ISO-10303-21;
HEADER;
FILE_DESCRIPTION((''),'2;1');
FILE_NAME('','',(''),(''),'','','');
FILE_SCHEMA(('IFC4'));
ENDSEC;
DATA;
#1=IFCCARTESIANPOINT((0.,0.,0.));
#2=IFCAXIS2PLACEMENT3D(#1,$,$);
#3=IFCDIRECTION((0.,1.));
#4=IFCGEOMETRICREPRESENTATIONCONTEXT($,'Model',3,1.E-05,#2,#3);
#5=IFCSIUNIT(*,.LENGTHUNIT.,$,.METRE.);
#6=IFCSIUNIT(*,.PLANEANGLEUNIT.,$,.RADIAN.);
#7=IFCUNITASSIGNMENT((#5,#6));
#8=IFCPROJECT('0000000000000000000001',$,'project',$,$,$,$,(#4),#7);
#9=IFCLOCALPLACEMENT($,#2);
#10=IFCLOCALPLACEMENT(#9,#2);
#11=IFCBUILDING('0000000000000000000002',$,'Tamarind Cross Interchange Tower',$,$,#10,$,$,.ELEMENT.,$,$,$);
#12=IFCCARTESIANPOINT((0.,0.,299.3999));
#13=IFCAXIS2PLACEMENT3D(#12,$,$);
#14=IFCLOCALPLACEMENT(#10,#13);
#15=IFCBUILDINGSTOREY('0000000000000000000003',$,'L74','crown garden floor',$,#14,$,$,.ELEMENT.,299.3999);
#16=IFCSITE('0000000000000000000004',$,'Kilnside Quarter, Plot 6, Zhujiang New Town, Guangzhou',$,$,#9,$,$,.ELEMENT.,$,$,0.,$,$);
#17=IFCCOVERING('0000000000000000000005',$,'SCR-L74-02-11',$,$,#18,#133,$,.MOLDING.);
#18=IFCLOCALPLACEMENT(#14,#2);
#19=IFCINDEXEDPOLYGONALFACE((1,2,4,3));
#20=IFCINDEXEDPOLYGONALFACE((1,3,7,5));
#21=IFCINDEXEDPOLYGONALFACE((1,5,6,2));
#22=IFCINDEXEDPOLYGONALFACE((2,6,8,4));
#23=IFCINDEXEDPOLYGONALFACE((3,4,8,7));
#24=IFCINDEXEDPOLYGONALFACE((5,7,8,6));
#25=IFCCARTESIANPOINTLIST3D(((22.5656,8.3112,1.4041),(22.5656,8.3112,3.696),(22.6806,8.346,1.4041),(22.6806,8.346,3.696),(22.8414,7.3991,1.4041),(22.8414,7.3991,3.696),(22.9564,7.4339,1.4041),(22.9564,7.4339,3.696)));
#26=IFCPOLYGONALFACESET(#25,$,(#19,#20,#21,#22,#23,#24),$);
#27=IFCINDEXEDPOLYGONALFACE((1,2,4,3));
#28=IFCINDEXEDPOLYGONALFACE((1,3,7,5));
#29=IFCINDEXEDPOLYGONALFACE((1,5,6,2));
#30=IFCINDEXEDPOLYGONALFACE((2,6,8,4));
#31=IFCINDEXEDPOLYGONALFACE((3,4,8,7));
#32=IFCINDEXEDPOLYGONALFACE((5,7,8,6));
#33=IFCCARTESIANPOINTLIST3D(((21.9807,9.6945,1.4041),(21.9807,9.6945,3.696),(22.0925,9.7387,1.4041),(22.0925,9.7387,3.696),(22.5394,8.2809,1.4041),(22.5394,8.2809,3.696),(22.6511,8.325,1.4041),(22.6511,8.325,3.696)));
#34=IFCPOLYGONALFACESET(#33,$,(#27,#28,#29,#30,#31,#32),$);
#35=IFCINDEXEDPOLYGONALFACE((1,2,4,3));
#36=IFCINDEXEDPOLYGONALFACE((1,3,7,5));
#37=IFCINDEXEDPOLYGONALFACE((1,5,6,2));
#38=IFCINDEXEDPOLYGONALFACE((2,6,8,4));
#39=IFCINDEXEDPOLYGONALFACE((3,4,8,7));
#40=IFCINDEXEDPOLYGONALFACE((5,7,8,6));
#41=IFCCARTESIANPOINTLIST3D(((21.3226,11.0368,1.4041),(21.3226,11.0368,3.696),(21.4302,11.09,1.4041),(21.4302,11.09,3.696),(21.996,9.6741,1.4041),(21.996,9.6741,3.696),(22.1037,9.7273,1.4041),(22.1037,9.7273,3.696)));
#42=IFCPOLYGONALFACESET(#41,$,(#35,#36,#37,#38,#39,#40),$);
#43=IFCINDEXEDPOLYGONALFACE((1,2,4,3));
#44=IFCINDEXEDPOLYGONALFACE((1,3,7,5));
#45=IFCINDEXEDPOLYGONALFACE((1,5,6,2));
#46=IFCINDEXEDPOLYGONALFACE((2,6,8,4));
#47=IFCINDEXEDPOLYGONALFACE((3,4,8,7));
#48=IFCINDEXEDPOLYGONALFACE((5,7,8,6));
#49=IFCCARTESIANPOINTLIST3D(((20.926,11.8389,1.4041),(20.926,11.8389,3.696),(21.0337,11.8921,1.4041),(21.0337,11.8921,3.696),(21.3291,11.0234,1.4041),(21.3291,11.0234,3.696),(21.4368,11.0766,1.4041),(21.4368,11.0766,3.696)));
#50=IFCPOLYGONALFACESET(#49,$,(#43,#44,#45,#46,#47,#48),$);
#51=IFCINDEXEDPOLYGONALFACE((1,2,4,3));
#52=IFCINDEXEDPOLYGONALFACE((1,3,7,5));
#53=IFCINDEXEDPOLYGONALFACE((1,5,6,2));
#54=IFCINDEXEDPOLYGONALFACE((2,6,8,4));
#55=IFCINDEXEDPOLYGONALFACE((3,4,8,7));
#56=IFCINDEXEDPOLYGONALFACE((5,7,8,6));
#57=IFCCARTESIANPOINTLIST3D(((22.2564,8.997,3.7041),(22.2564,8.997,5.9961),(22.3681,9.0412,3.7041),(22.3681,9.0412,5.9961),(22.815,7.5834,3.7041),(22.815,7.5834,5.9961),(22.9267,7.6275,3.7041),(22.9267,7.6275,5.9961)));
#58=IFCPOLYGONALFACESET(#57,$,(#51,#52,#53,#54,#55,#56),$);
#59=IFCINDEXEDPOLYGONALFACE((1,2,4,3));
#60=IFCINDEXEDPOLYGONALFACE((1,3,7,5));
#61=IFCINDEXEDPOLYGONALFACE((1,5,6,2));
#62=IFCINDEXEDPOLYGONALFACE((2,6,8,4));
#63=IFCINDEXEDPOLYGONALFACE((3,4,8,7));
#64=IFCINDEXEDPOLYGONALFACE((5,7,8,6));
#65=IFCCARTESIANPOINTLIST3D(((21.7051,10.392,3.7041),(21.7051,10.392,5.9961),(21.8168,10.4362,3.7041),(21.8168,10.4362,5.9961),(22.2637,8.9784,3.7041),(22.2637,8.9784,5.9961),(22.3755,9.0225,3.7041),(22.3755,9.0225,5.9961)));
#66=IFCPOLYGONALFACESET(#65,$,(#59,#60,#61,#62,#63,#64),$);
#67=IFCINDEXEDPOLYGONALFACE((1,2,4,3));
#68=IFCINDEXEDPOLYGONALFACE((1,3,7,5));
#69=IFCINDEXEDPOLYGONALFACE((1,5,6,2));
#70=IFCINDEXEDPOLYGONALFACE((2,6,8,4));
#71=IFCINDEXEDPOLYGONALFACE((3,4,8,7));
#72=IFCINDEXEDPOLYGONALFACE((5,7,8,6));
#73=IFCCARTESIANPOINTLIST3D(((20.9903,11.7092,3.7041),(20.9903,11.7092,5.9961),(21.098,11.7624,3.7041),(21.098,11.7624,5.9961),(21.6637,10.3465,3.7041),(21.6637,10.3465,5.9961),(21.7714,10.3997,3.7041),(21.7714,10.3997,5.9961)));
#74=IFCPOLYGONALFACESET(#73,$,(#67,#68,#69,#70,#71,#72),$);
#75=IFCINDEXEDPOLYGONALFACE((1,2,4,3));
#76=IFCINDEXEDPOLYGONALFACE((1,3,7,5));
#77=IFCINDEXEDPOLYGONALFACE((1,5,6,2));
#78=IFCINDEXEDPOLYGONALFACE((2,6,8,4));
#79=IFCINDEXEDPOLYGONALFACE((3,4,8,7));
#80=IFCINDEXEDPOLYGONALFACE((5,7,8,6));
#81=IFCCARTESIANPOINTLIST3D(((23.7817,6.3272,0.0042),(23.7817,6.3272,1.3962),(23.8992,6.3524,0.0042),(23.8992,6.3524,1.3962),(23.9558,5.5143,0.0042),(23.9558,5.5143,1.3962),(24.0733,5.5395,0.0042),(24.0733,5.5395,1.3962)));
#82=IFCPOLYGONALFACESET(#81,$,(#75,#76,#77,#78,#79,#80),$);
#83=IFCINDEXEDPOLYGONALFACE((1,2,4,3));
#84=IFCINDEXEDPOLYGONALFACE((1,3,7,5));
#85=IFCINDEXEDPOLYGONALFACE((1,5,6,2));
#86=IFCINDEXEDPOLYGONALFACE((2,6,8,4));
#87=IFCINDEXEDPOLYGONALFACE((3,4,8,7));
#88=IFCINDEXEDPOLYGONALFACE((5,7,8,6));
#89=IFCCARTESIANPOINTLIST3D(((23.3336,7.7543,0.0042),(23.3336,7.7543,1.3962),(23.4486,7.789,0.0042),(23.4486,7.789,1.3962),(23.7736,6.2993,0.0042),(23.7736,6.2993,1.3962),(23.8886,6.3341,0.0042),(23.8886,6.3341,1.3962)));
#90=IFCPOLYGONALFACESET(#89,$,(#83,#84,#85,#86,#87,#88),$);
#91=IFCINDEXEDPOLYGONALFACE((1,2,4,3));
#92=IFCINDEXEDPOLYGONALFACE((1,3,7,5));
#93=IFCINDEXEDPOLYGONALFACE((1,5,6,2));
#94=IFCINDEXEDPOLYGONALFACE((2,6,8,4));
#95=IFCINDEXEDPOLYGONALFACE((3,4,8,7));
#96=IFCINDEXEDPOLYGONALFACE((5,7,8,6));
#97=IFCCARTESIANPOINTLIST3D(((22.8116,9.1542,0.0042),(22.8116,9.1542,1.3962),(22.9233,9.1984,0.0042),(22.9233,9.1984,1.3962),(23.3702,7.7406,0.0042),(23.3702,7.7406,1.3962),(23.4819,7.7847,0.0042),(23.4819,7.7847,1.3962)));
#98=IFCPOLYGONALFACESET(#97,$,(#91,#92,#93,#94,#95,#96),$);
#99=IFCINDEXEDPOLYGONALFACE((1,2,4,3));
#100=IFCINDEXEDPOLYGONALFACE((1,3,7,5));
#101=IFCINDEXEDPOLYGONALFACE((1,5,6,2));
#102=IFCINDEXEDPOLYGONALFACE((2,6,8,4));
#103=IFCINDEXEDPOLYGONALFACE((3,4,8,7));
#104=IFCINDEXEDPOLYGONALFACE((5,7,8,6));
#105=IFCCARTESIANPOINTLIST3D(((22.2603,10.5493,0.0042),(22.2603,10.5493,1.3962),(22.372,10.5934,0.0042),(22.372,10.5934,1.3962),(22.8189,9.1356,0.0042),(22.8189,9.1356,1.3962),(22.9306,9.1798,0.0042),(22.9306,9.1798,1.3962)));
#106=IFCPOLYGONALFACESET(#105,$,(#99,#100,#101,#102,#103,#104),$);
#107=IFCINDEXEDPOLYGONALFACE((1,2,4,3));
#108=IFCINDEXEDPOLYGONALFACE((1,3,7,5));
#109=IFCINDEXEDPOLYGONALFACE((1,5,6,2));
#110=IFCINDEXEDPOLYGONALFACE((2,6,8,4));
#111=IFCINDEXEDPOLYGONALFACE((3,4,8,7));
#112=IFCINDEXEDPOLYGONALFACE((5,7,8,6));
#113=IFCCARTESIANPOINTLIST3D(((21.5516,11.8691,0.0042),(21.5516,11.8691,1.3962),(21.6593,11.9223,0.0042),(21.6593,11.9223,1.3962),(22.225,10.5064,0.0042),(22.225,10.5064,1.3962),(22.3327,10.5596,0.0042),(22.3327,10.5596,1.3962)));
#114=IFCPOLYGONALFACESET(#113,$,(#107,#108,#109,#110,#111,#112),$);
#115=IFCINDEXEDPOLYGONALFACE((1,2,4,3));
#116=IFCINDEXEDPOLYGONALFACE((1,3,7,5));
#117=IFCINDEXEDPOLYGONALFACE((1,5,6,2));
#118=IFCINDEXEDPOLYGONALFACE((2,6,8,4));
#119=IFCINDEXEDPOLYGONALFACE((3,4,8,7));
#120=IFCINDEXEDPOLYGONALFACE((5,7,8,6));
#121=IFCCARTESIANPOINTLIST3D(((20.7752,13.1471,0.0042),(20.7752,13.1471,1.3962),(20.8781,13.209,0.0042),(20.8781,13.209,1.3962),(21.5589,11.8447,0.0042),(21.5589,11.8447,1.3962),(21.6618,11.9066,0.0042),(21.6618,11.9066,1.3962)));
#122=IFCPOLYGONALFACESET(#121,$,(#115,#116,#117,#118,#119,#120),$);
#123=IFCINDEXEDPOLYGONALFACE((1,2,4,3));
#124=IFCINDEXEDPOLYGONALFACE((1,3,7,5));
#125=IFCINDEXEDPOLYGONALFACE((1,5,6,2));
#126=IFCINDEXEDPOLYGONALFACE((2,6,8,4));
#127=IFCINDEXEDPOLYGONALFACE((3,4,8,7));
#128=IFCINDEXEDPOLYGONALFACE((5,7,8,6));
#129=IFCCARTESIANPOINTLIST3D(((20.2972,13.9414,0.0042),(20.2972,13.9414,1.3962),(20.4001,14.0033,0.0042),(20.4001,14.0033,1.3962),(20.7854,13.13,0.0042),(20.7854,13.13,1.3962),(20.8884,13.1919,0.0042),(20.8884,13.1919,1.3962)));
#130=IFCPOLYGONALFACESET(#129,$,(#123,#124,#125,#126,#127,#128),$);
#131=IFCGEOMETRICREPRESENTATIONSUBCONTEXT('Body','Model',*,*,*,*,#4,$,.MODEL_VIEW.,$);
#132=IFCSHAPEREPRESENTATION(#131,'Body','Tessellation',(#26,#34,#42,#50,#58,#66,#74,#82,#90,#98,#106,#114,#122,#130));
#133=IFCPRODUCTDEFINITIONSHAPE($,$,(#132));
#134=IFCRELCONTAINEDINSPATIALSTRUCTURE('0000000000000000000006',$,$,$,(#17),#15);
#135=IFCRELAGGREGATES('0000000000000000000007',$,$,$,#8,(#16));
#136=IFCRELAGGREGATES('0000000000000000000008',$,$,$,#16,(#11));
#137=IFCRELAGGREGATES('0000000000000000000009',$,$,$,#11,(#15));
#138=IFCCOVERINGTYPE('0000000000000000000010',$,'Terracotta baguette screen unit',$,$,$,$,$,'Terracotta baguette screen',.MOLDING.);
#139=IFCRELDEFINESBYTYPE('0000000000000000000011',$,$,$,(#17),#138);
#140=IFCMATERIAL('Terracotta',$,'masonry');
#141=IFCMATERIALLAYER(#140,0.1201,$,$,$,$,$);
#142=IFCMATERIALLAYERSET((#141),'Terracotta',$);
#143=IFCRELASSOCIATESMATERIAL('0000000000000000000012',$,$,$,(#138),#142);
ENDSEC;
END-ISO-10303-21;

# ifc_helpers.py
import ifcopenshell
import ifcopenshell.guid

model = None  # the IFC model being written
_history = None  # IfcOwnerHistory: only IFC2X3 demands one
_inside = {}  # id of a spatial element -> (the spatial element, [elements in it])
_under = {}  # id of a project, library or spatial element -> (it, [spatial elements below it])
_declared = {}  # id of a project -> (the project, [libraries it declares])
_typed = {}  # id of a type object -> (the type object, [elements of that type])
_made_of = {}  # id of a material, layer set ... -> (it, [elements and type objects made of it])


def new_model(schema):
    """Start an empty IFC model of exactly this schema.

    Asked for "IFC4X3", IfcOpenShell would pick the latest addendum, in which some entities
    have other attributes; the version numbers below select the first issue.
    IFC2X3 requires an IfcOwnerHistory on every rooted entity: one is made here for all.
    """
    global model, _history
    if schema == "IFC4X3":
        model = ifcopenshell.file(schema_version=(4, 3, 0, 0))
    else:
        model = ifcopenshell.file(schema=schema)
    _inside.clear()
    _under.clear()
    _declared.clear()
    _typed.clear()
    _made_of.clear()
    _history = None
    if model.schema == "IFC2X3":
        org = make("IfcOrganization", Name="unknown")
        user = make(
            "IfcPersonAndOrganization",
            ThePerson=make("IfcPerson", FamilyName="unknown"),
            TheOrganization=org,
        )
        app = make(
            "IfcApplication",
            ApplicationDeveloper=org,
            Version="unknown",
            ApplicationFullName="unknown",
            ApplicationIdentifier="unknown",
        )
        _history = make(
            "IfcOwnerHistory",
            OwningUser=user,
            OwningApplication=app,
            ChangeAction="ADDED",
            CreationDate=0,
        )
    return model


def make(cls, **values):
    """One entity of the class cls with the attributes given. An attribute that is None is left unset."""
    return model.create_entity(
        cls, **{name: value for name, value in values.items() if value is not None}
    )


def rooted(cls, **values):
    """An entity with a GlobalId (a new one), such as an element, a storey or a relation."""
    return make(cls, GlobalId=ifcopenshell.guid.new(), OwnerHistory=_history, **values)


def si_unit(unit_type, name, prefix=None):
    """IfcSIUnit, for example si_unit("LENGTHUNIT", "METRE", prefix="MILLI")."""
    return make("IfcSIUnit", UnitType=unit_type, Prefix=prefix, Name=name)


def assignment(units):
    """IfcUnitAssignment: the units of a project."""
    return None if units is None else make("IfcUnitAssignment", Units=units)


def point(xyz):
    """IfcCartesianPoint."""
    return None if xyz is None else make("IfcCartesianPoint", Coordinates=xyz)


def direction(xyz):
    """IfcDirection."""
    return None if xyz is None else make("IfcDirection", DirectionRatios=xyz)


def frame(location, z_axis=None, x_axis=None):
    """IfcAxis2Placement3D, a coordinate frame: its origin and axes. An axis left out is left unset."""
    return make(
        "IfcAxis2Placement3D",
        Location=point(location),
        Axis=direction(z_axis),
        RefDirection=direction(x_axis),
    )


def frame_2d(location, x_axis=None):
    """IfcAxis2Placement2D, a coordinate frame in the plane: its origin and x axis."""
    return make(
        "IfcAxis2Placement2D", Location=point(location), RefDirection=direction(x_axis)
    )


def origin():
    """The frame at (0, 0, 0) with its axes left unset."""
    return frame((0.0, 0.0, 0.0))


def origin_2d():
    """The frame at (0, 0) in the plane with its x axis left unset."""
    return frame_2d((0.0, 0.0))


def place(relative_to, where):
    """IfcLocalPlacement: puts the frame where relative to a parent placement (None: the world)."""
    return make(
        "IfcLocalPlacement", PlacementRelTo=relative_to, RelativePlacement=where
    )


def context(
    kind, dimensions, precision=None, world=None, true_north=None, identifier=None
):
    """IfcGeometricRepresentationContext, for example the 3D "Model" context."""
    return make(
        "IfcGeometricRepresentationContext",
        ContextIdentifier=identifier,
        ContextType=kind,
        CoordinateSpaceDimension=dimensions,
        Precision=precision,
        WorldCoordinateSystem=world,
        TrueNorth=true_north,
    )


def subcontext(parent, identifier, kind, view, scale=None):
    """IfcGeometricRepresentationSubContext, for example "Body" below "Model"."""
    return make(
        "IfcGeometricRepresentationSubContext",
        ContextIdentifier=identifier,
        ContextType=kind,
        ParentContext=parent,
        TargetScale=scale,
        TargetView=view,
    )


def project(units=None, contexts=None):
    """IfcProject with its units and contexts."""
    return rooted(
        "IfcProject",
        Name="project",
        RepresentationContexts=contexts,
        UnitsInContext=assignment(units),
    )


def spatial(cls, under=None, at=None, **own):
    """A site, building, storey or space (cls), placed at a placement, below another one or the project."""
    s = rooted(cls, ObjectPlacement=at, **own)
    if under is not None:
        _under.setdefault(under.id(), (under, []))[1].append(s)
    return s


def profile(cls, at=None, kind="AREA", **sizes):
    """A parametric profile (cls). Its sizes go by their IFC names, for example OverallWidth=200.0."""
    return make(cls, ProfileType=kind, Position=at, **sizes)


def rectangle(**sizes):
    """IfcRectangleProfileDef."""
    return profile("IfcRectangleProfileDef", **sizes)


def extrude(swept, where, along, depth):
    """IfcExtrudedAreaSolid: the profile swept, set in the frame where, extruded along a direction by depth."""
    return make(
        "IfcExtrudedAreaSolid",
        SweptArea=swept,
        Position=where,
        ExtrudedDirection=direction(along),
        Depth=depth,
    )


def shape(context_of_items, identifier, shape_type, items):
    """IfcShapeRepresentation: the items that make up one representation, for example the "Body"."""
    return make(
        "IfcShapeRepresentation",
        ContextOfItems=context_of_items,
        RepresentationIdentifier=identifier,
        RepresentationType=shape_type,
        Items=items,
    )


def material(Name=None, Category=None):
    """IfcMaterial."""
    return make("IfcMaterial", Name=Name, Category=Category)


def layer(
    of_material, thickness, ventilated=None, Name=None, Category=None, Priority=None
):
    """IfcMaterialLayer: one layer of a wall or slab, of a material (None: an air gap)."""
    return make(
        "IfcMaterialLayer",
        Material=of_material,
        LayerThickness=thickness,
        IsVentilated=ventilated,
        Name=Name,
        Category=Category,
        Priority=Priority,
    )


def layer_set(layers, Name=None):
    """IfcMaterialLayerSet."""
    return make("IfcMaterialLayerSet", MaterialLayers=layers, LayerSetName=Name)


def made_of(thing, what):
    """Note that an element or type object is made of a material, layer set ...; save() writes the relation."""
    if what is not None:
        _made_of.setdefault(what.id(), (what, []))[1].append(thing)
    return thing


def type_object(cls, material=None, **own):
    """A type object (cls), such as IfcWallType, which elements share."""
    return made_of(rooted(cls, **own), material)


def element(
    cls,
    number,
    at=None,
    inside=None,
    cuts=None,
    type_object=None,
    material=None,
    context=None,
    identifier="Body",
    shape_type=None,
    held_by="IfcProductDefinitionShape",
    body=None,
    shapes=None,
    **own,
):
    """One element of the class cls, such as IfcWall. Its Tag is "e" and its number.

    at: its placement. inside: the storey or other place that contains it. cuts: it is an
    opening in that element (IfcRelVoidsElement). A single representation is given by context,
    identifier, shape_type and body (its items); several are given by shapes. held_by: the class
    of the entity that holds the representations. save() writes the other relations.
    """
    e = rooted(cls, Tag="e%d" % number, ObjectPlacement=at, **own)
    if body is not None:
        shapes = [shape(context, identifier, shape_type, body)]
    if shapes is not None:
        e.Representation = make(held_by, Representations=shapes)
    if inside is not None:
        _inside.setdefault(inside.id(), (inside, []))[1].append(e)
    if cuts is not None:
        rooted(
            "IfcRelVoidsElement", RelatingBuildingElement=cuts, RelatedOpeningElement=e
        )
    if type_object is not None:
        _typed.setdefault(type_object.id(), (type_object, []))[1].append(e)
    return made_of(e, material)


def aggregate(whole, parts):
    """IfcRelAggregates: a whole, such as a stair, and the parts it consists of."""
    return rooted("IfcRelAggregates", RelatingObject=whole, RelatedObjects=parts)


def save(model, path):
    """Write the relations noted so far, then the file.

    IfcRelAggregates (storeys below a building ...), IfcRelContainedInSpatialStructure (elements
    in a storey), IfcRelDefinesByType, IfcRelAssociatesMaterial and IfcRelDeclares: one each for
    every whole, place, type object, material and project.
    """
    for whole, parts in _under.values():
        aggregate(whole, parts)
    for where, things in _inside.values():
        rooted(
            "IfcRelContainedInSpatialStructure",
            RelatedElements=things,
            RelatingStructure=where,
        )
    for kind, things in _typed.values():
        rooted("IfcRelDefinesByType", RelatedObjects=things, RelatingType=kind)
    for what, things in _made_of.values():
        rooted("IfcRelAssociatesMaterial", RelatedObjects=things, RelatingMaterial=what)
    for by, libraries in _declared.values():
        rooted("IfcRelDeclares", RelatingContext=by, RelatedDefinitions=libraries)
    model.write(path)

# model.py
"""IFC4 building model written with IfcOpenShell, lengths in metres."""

from ifc_helpers import new_model, si_unit, direction, frame, origin, origin_2d, place, context, subcontext, project, spatial, rectangle, extrude, material, layer, layer_set, type_object, element, save


model = new_model("IFC4")

# Units and contexts
model_context = context("Model", 3, precision=1e-05, world=origin(), true_north=direction((0.0, 1.0)))
body_context = subcontext(model_context, "Body", "Model", "MODEL_VIEW")
ifc_project = project(units=[si_unit("LENGTHUNIT", "METRE"), si_unit("PLANEANGLEUNIT", "RADIAN")], contexts=[model_context])

# Site, building, storey
site_placement = place(None, origin())
site = spatial("IfcSite", under=ifc_project, at=site_placement, Name="Kilnside Quarter, Plot 6, Zhujiang New Town, Guangzhou", CompositionType="ELEMENT", RefElevation=0.0)
building_placement = place(site_placement, origin())
building = spatial("IfcBuilding", under=site, at=building_placement, Name="Tamarind Cross Interchange Tower", CompositionType="ELEMENT")
storey_placement = place(building_placement, frame((0.0, 0.0, 299.3999)))
storey = spatial("IfcBuildingStorey", under=building, at=storey_placement, Name="L74", Description="crown garden floor", CompositionType="ELEMENT", Elevation=299.3999)

# Covering
ifc_material_1 = material(Name="Terracotta", Category="masonry")
ifc_layer_1 = layer(ifc_material_1, 0.1201)
ifc_layer_set_1 = layer_set([ifc_layer_1], Name="Terracotta")
covering_type = type_object("IfcCoveringType", Name="Terracotta baguette screen unit", ElementType="Terracotta baguette screen", PredefinedType="MOLDING", material=ifc_layer_set_1)
covering_1_placement = place(storey_placement, origin())
element("IfcCovering", 1, at=covering_1_placement, inside=storey, type_object=covering_type, Name="SCR-L74-02-11", PredefinedType="MOLDING", context=body_context, shape_type="SweptSolid", body=[
    extrude(rectangle(XDim=0.9529, YDim=0.1201, at=origin_2d()), frame((22.761, 7.8726, 1.4041), z_axis=(0.0, 0.0, 1.0), x_axis=(-0.289458, 0.957191, 0.0)), (0.0, 0.0, 1.0), 2.292),
    extrude(rectangle(XDim=1.52, YDim=0.1201, at=origin_2d()), frame((22.3159, 9.0098, 1.4041), z_axis=(0.0, 0.0, 1.0), x_axis=(-0.367514, 0.930018, 0.0)), (0.0, 0.0, 1.0), 2.292),
    extrude(rectangle(XDim=1.52, YDim=0.1201, at=origin_2d()), frame((21.7131, 10.3821, 1.4041), z_axis=(0.0, 0.0, 1.0), x_axis=(-0.443059, 0.896493, 0.0)), (0.0, 0.0, 1.0), 2.292),
    extrude(rectangle(XDim=0.9097, YDim=0.1201, at=origin_2d()), frame((21.1814, 11.4578, 1.4041), z_axis=(0.0, 0.0, 1.0), x_axis=(-0.443059, 0.896493, 0.0)), (0.0, 0.0, 1.0), 2.292),
    extrude(rectangle(XDim=1.52, YDim=0.1201, at=origin_2d()), frame((22.5916, 8.3123, 3.7041), z_axis=(0.0, 0.0, 1.0), x_axis=(-0.367514, 0.930018, 0.0)), (0.0, 0.0, 1.0), 2.292),
    extrude(rectangle(XDim=1.52, YDim=0.1201, at=origin_2d()), frame((22.0403, 9.7073, 3.7041), z_axis=(0.0, 0.0, 1.0), x_axis=(-0.367514, 0.930018, 0.0)), (0.0, 0.0, 1.0), 2.292),
    extrude(rectangle(XDim=1.52, YDim=0.1201, at=origin_2d()), frame((21.3809, 11.0544, 3.7041), z_axis=(0.0, 0.0, 1.0), x_axis=(-0.443059, 0.896493, 0.0)), (0.0, 0.0, 1.0), 2.292),
    extrude(rectangle(XDim=0.8313, YDim=0.1201, at=origin_2d()), frame((23.9275, 5.9333, 0.0042), z_axis=(0.0, 0.0, 1.0), x_axis=(-0.209425, 0.977825, 0.0)), (0.0, 0.0, 1.0), 1.3921),
    extrude(rectangle(XDim=1.52, YDim=0.1201, at=origin_2d()), frame((23.6111, 7.0442, 0.0042), z_axis=(0.0, 0.0, 1.0), x_axis=(-0.289458, 0.957191, 0.0)), (0.0, 0.0, 1.0), 1.3921),
    extrude(rectangle(XDim=1.52, YDim=0.1201, at=origin_2d()), frame((23.1467, 8.4695, 0.0042), z_axis=(0.0, 0.0, 1.0), x_axis=(-0.367514, 0.930018, 0.0)), (0.0, 0.0, 1.0), 1.3921),
    extrude(rectangle(XDim=1.52, YDim=0.1201, at=origin_2d()), frame((22.5955, 9.8645, 0.0042), z_axis=(0.0, 0.0, 1.0), x_axis=(-0.367514, 0.930018, 0.0)), (0.0, 0.0, 1.0), 1.3921),
    extrude(rectangle(XDim=1.52, YDim=0.1201, at=origin_2d()), frame((21.9421, 11.2144, 0.0042), z_axis=(0.0, 0.0, 1.0), x_axis=(-0.443059, 0.896493, 0.0)), (0.0, 0.0, 1.0), 1.3921),
    extrude(rectangle(XDim=1.52, YDim=0.1201, at=origin_2d()), frame((21.2185, 12.5269, 0.0042), z_axis=(0.0, 0.0, 1.0), x_axis=(-0.515577, 0.856843, 0.0)), (0.0, 0.0, 1.0), 1.3921),
    extrude(rectangle(XDim=0.947, YDim=0.1201, at=origin_2d()), frame((20.5928, 13.5667, 0.0042), z_axis=(0.0, 0.0, 1.0), x_axis=(-0.515577, 0.856843, 0.0)), (0.0, 0.0, 1.0), 1.3921),
])

save(model, "model.ifc")
